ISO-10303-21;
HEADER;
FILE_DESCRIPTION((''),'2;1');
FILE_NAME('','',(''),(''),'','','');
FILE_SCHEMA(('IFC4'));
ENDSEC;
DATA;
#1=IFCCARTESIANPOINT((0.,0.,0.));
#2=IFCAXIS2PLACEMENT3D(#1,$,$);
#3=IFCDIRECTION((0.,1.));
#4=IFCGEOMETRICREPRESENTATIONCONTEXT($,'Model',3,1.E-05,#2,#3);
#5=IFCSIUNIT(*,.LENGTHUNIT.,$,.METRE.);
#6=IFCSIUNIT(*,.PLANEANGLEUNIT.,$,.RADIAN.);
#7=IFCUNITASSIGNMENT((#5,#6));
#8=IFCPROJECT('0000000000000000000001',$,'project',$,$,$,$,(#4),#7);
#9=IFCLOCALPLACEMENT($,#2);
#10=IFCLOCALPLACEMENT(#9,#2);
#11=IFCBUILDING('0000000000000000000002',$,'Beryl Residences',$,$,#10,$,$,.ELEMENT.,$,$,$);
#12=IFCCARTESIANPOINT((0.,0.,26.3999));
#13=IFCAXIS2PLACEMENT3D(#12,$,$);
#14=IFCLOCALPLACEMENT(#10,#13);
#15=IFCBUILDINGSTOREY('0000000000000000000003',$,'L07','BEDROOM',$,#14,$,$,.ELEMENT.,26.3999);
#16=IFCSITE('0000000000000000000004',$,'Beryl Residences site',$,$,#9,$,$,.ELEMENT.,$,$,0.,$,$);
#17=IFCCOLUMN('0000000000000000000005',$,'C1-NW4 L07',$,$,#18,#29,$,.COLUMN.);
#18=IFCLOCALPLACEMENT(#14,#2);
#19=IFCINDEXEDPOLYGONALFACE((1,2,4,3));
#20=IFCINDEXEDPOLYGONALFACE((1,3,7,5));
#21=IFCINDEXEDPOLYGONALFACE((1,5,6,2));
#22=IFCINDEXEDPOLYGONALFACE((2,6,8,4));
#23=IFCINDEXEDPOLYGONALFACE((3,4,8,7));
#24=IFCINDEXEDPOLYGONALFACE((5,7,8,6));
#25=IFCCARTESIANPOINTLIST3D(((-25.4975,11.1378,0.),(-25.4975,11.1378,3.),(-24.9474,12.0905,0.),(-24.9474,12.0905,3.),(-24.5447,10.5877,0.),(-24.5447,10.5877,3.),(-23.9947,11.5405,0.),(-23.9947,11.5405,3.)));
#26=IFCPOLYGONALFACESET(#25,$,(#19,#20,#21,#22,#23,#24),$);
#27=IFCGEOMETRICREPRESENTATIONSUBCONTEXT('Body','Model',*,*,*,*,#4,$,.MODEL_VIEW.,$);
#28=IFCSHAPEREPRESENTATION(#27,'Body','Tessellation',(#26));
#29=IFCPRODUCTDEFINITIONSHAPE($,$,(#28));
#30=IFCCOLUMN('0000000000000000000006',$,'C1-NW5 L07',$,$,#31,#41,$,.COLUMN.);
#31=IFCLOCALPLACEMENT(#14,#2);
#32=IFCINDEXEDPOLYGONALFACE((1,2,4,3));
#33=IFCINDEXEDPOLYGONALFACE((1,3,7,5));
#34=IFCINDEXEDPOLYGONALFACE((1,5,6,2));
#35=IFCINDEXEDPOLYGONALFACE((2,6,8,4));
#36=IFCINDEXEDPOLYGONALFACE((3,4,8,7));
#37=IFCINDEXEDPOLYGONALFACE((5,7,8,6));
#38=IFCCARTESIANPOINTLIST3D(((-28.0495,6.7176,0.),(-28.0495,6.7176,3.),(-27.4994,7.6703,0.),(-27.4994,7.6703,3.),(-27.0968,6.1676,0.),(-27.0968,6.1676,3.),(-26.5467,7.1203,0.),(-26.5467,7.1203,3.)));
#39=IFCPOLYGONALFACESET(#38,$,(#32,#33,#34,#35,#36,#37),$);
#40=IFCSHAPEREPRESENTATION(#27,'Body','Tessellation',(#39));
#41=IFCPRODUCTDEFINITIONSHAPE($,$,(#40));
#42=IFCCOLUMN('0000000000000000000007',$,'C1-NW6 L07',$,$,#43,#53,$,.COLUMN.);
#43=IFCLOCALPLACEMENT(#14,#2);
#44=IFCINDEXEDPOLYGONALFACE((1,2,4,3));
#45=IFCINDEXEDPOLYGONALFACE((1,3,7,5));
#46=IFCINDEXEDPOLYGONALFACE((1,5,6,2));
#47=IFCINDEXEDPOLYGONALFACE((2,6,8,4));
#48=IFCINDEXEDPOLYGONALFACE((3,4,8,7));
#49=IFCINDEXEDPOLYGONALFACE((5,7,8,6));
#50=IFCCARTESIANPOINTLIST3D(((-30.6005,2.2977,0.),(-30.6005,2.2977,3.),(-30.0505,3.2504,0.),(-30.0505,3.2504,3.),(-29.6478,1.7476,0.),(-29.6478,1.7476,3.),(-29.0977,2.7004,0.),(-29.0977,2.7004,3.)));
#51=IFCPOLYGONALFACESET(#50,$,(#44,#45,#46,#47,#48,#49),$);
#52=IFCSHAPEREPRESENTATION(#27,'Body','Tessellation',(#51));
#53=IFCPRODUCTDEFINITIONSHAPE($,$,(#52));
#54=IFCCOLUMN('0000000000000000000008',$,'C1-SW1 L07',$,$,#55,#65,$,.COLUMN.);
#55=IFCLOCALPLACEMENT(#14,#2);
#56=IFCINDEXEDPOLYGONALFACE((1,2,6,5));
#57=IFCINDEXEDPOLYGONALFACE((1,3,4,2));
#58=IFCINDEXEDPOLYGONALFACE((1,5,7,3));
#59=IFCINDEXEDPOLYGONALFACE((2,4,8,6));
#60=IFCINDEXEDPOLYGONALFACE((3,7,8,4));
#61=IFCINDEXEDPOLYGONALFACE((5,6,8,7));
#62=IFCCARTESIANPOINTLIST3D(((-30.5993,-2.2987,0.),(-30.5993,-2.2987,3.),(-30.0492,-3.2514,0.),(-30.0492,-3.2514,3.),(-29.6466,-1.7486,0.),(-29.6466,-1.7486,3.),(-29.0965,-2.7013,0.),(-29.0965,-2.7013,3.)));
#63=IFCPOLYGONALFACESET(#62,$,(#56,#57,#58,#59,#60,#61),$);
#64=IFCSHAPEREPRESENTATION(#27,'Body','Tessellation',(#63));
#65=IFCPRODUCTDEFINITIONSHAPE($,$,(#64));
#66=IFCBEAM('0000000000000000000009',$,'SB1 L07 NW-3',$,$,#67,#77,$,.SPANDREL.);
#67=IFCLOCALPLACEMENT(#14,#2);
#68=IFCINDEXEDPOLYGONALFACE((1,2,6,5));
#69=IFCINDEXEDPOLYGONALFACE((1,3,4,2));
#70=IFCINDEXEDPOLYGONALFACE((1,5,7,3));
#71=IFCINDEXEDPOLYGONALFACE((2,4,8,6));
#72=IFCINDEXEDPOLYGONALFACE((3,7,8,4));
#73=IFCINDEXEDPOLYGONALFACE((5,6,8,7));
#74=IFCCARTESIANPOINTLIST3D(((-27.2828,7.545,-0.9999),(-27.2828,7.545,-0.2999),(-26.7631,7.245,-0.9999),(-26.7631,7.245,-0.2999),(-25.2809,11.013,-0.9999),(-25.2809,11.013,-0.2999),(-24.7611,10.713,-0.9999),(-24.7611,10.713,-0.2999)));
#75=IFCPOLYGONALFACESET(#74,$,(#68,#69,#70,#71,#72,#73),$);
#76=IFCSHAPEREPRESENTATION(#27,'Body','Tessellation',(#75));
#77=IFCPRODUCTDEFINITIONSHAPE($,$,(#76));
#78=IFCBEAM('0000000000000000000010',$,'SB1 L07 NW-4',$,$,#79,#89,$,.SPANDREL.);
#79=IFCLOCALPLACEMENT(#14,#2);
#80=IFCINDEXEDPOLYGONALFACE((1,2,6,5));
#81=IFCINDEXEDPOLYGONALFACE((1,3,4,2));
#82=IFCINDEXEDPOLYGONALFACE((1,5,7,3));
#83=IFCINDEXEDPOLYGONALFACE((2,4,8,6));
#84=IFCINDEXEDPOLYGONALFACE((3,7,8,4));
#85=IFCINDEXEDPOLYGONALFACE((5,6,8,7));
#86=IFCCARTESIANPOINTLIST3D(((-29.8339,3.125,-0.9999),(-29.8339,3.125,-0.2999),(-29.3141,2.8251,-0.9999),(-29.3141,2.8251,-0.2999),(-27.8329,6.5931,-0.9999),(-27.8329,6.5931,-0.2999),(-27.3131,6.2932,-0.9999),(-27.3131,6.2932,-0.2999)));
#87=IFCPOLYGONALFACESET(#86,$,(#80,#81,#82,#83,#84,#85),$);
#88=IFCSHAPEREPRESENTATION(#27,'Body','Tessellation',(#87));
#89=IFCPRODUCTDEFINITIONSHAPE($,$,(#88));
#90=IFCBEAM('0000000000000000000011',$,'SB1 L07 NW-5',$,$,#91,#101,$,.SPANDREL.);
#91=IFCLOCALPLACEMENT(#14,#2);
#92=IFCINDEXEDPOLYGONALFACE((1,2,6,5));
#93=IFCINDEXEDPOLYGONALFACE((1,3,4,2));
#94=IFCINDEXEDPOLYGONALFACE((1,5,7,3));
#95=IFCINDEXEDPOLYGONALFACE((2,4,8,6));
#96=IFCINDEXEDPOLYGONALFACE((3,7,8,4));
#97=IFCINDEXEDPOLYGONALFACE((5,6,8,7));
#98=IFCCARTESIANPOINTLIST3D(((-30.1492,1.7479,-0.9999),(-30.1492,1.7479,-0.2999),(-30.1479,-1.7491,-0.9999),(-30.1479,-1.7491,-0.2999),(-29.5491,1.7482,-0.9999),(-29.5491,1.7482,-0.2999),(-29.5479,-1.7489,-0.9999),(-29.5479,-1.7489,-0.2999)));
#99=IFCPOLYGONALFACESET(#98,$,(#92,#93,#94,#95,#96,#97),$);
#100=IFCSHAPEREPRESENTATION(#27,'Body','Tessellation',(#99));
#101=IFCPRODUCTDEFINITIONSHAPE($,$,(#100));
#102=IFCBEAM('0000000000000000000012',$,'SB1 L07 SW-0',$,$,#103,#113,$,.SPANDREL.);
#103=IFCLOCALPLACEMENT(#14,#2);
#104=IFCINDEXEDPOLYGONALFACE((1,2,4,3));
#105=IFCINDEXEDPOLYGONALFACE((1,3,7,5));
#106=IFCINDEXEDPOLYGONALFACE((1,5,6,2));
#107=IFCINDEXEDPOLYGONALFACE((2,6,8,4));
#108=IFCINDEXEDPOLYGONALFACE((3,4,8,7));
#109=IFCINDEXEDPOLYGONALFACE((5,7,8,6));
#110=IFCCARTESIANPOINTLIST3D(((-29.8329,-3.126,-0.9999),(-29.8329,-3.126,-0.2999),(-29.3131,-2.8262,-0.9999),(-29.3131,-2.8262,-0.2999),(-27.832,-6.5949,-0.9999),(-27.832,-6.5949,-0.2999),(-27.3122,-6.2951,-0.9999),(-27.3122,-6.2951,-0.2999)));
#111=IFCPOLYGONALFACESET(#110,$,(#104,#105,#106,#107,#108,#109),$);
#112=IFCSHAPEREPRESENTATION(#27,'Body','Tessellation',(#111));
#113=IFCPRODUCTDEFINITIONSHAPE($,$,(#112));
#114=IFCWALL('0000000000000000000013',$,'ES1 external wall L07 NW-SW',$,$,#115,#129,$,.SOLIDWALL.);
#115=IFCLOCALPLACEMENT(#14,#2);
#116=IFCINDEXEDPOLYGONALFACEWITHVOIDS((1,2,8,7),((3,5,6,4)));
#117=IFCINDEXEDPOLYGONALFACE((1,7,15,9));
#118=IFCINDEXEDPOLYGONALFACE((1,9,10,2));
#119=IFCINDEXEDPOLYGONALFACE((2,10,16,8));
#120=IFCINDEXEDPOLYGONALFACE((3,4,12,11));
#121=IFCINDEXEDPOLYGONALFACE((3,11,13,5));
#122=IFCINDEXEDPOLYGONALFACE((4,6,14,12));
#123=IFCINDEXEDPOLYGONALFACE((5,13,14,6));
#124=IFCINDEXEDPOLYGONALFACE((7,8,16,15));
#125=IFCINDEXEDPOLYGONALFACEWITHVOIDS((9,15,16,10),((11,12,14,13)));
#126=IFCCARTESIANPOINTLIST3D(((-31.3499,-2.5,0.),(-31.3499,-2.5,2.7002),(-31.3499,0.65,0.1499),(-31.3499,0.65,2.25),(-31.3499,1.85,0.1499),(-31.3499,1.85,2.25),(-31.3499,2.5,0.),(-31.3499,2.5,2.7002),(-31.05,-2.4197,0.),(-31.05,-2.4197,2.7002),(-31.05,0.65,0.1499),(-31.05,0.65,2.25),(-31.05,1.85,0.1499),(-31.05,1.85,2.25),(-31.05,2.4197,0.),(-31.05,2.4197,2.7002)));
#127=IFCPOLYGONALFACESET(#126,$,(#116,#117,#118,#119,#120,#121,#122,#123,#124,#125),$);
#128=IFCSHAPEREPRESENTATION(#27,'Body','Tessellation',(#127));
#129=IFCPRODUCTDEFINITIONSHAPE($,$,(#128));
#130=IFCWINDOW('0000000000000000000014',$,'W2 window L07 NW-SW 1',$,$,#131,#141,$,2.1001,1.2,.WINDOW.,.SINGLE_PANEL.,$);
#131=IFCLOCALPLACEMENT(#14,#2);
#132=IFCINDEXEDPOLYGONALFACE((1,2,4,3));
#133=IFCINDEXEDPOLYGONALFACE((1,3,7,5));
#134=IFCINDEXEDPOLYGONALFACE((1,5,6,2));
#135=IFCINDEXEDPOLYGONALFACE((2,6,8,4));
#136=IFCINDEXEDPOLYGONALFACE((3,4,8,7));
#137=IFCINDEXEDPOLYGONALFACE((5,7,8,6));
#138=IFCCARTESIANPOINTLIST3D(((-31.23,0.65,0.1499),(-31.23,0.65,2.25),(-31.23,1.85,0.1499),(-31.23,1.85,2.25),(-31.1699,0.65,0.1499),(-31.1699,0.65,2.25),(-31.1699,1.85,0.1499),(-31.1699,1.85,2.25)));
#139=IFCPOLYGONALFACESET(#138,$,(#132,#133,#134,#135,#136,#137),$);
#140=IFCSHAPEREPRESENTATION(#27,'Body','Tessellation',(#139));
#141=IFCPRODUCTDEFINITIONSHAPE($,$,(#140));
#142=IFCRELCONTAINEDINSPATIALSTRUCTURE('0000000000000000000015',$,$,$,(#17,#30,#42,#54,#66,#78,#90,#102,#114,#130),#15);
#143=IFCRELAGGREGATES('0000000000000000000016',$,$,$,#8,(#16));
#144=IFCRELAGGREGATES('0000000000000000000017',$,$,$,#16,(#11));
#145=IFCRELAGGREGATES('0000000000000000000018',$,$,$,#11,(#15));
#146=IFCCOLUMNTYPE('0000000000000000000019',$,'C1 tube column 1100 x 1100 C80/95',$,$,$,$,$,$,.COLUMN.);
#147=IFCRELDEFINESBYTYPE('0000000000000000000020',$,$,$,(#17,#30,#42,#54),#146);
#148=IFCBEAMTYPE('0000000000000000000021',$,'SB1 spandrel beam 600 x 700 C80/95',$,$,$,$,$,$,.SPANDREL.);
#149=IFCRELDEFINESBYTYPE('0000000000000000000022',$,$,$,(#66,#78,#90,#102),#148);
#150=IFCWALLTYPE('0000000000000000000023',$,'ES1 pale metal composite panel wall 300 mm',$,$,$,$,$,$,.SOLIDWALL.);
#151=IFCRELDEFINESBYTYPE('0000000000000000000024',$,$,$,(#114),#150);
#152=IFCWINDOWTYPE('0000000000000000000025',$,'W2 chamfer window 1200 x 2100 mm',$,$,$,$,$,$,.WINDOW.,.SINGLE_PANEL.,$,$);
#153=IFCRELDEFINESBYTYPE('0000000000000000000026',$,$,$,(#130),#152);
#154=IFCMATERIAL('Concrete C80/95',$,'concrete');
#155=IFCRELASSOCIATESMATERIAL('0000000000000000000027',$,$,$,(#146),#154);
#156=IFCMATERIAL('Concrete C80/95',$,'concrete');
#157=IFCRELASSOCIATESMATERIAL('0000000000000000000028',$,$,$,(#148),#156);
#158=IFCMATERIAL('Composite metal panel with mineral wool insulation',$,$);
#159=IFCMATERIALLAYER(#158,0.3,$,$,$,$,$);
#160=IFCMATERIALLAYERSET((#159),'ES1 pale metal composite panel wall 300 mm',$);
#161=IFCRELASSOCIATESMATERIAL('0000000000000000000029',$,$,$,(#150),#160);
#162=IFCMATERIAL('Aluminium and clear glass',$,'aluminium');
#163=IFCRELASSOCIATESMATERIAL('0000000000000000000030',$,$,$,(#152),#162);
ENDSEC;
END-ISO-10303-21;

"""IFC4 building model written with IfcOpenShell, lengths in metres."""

from ifc_helpers import new_model, si_unit, direction, frame, frame_2d, origin, origin_2d, place, context, subcontext, project, spatial, polyline, rectangle, outline, extrude, material, layer, layer_set, material_profile, profile_set, type_object, element, fill, save


model = new_model("IFC4")

# Units and contexts
model_context = context("Model", 3, precision=1e-05, world=origin(), true_north=direction((0.0, 1.0)))
body_context = subcontext(model_context, "Body", "Model", "MODEL_VIEW")
ifc_project = project(units=[si_unit("LENGTHUNIT", "METRE"), si_unit("PLANEANGLEUNIT", "RADIAN")], contexts=[model_context])

# Site, building, storey
site_placement = place(None, origin())
site = spatial("IfcSite", under=ifc_project, at=site_placement, Name="Beryl Residences site", CompositionType="ELEMENT", RefElevation=0.0)
building_placement = place(site_placement, origin())
building = spatial("IfcBuilding", under=site, at=building_placement, Name="Beryl Residences", CompositionType="ELEMENT")
storey_placement = place(building_placement, frame((0.0, 0.0, 26.3999)))
storey = spatial("IfcBuildingStorey", under=building, at=storey_placement, Name="L07", Description="BEDROOM", CompositionType="ELEMENT", Elevation=26.3999)

# Columns
ifc_material_1 = material(Name="Concrete C80/95", Category="concrete")
ifc_material_profile_1 = material_profile(ifc_material_1, rectangle(XDim=1.1001, YDim=1.1001, at=origin_2d()))
ifc_profile_set_1 = profile_set([ifc_material_profile_1], Name="Concrete C80/95")
column_type = type_object("IfcColumnType", Name="C1 tube column 1100 x 1100 C80/95", PredefinedType="COLUMN", material=ifc_profile_set_1)
for number, where, z_axis, x_axis, name in (
    (1, (-24.7461, 11.3391, 0.0), (0.0, 0.0, 1.0), (-0.499985, -0.866034, 0.0), "C1-NW4 L07"),
    (2, (-27.2981, 6.9189, 0.0), (0.0, 0.0, 1.0), (-0.499985, -0.866034, 0.0), "C1-NW5 L07"),
    (3, (-29.8491, 2.499, 0.0), (0.0, 0.0, 1.0), (-0.499985, -0.866034, 0.0), "C1-NW6 L07"),
    (4, (-29.8479, -2.5, 0.0), (0.0, 0.0, 1.0), (0.499985, -0.866034, 0.0), "C1-SW1 L07"),
):
    element("IfcColumn", number, at=place(storey_placement, frame(where, z_axis=z_axis, x_axis=x_axis)), inside=storey, type_object=column_type, Name=name, PredefinedType="COLUMN", context=body_context, shape_type="SweptSolid", body=[
        extrude(rectangle(XDim=1.1001, YDim=1.1001, at=origin_2d()), origin(), (0.0, 0.0, 1.0), 3.0),
    ])

# Beams
ifc_material_2 = material(Name="Concrete C80/95", Category="concrete")
ifc_material_profile_2 = material_profile(ifc_material_2, rectangle(XDim=0.6001, YDim=0.7, at=origin_2d()))
ifc_profile_set_2 = profile_set([ifc_material_profile_2], Name="Concrete C80/95")
beam_type = type_object("IfcBeamType", Name="SB1 spandrel beam 600 x 700 C80/95", PredefinedType="SPANDREL", material=ifc_profile_set_2)
beam_1_placement = place(storey_placement, frame((-25.021, 10.863, -0.6499), z_axis=(-0.499942, -0.866059, 0.0), x_axis=(0.866059, -0.499942, 0.0)))
element("IfcBeam", 5, at=beam_1_placement, inside=storey, type_object=beam_type, Name="SB1 L07 NW-3", PredefinedType="SPANDREL", context=body_context, shape_type="SweptSolid", body=[
    extrude(rectangle(XDim=0.6001, YDim=0.7, at=origin_2d()), origin(), (0.0, 0.0, 1.0), 4.0044),
])
beam_2_placement = place(storey_placement, frame((-27.573, 6.4431, -0.6499), z_axis=(-0.499759, -0.866164, 0.0), x_axis=(0.866164, -0.499759, 0.0)))
element("IfcBeam", 6, at=beam_2_placement, inside=storey, type_object=beam_type, Name="SB1 L07 NW-4", PredefinedType="SPANDREL", context=body_context, shape_type="SweptSolid", body=[
    extrude(rectangle(XDim=0.6001, YDim=0.7, at=origin_2d()), origin(), (0.0, 0.0, 1.0), 4.0039),
])
beam_3_placement = place(storey_placement, frame((-29.8491, 1.748, -0.6499), z_axis=(0.000349, -1.0, 0.0), x_axis=(1.0, 0.000349, 0.0)))
element("IfcBeam", 7, at=beam_3_placement, inside=storey, type_object=beam_type, Name="SB1 L07 NW-5", PredefinedType="SPANDREL", context=body_context, shape_type="SweptSolid", body=[
    extrude(rectangle(XDim=0.6001, YDim=0.7, at=origin_2d()), origin(), (0.0, 0.0, 1.0), 3.4971),
])
beam_4_placement = place(storey_placement, frame((-29.573, -2.9761, -0.6499), z_axis=(0.499654, -0.866225, 0.0), x_axis=(0.866225, 0.499654, 0.0)))
element("IfcBeam", 8, at=beam_4_placement, inside=storey, type_object=beam_type, Name="SB1 L07 SW-0", PredefinedType="SPANDREL", context=body_context, shape_type="SweptSolid", body=[
    extrude(rectangle(XDim=0.6001, YDim=0.7, at=origin_2d()), origin(), (0.0, 0.0, 1.0), 4.0046),
])

# Wall, opening, window
ifc_material_3 = material(Name="Composite metal panel with mineral wool insulation")
ifc_layer_1 = layer(ifc_material_3, 0.3)
ifc_layer_set_1 = layer_set([ifc_layer_1], Name="ES1 pale metal composite panel wall 300 mm")
wall_type_1 = type_object("IfcWallType", Name="ES1 pale metal composite panel wall 300 mm", PredefinedType="SOLIDWALL", material=ifc_layer_set_1)
wall_1_placement = place(storey_placement, frame((-31.2, 2.5, 0.0), z_axis=(0.0, 0.0, 1.0), x_axis=(0.0, -1.0, 0.0)))
wall_1 = element("IfcWall", 9, at=wall_1_placement, inside=storey, type_object=wall_type_1, Name="ES1 external wall L07 NW-SW", PredefinedType="SOLIDWALL", context=body_context, shape_type="SweptSolid", body=[
    extrude(outline(polyline([(0.0, -0.1499), (5.0, -0.1499), (4.9197, 0.1499), (0.0803, 0.1499), (0.0, -0.1499)])), origin(), (0.0, 0.0, 1.0), 2.7002),
])
opening_1_placement = place(wall_1_placement, frame((0.6499, 0.0, 0.1499)))
opening_1 = element("IfcOpeningElement", 10, at=opening_1_placement, cuts=wall_1, PredefinedType="OPENING", context=body_context, shape_type="SweptSolid", body=[
    extrude(rectangle(XDim=1.2, YDim=2.1001, at=frame_2d((0.6001, 1.05))), frame((0.0, 0.1599, 0.0), z_axis=(0.0, -1.0, 0.0), x_axis=(1.0, 0.0, 0.0)), (0.0, 0.0, 1.0), 0.3201),
])
ifc_material_4 = material(Name="Aluminium and clear glass", Category="aluminium")
window_type_1 = type_object("IfcWindowType", Name="W2 chamfer window 1200 x 2100 mm", PartitioningType="SINGLE_PANEL", PredefinedType="WINDOW", material=ifc_material_4)
window_1_placement = place(opening_1_placement, origin())
window_1 = element("IfcWindow", 11, at=window_1_placement, inside=storey, type_object=window_type_1, Name="W2 window L07 NW-SW 1", OverallHeight=2.1001, OverallWidth=1.2, PartitioningType="SINGLE_PANEL", PredefinedType="WINDOW", context=body_context, shape_type="SweptSolid", body=[
    extrude(rectangle(XDim=1.2, YDim=2.1001, at=frame_2d((0.6001, 1.05))), frame((0.0, 0.03, 0.0), z_axis=(0.0, -1.0, 0.0), x_axis=(1.0, 0.0, 0.0)), (0.0, 0.0, 1.0), 0.0601),
])
fill(opening_1, window_1)

save(model, "model.ifc")
